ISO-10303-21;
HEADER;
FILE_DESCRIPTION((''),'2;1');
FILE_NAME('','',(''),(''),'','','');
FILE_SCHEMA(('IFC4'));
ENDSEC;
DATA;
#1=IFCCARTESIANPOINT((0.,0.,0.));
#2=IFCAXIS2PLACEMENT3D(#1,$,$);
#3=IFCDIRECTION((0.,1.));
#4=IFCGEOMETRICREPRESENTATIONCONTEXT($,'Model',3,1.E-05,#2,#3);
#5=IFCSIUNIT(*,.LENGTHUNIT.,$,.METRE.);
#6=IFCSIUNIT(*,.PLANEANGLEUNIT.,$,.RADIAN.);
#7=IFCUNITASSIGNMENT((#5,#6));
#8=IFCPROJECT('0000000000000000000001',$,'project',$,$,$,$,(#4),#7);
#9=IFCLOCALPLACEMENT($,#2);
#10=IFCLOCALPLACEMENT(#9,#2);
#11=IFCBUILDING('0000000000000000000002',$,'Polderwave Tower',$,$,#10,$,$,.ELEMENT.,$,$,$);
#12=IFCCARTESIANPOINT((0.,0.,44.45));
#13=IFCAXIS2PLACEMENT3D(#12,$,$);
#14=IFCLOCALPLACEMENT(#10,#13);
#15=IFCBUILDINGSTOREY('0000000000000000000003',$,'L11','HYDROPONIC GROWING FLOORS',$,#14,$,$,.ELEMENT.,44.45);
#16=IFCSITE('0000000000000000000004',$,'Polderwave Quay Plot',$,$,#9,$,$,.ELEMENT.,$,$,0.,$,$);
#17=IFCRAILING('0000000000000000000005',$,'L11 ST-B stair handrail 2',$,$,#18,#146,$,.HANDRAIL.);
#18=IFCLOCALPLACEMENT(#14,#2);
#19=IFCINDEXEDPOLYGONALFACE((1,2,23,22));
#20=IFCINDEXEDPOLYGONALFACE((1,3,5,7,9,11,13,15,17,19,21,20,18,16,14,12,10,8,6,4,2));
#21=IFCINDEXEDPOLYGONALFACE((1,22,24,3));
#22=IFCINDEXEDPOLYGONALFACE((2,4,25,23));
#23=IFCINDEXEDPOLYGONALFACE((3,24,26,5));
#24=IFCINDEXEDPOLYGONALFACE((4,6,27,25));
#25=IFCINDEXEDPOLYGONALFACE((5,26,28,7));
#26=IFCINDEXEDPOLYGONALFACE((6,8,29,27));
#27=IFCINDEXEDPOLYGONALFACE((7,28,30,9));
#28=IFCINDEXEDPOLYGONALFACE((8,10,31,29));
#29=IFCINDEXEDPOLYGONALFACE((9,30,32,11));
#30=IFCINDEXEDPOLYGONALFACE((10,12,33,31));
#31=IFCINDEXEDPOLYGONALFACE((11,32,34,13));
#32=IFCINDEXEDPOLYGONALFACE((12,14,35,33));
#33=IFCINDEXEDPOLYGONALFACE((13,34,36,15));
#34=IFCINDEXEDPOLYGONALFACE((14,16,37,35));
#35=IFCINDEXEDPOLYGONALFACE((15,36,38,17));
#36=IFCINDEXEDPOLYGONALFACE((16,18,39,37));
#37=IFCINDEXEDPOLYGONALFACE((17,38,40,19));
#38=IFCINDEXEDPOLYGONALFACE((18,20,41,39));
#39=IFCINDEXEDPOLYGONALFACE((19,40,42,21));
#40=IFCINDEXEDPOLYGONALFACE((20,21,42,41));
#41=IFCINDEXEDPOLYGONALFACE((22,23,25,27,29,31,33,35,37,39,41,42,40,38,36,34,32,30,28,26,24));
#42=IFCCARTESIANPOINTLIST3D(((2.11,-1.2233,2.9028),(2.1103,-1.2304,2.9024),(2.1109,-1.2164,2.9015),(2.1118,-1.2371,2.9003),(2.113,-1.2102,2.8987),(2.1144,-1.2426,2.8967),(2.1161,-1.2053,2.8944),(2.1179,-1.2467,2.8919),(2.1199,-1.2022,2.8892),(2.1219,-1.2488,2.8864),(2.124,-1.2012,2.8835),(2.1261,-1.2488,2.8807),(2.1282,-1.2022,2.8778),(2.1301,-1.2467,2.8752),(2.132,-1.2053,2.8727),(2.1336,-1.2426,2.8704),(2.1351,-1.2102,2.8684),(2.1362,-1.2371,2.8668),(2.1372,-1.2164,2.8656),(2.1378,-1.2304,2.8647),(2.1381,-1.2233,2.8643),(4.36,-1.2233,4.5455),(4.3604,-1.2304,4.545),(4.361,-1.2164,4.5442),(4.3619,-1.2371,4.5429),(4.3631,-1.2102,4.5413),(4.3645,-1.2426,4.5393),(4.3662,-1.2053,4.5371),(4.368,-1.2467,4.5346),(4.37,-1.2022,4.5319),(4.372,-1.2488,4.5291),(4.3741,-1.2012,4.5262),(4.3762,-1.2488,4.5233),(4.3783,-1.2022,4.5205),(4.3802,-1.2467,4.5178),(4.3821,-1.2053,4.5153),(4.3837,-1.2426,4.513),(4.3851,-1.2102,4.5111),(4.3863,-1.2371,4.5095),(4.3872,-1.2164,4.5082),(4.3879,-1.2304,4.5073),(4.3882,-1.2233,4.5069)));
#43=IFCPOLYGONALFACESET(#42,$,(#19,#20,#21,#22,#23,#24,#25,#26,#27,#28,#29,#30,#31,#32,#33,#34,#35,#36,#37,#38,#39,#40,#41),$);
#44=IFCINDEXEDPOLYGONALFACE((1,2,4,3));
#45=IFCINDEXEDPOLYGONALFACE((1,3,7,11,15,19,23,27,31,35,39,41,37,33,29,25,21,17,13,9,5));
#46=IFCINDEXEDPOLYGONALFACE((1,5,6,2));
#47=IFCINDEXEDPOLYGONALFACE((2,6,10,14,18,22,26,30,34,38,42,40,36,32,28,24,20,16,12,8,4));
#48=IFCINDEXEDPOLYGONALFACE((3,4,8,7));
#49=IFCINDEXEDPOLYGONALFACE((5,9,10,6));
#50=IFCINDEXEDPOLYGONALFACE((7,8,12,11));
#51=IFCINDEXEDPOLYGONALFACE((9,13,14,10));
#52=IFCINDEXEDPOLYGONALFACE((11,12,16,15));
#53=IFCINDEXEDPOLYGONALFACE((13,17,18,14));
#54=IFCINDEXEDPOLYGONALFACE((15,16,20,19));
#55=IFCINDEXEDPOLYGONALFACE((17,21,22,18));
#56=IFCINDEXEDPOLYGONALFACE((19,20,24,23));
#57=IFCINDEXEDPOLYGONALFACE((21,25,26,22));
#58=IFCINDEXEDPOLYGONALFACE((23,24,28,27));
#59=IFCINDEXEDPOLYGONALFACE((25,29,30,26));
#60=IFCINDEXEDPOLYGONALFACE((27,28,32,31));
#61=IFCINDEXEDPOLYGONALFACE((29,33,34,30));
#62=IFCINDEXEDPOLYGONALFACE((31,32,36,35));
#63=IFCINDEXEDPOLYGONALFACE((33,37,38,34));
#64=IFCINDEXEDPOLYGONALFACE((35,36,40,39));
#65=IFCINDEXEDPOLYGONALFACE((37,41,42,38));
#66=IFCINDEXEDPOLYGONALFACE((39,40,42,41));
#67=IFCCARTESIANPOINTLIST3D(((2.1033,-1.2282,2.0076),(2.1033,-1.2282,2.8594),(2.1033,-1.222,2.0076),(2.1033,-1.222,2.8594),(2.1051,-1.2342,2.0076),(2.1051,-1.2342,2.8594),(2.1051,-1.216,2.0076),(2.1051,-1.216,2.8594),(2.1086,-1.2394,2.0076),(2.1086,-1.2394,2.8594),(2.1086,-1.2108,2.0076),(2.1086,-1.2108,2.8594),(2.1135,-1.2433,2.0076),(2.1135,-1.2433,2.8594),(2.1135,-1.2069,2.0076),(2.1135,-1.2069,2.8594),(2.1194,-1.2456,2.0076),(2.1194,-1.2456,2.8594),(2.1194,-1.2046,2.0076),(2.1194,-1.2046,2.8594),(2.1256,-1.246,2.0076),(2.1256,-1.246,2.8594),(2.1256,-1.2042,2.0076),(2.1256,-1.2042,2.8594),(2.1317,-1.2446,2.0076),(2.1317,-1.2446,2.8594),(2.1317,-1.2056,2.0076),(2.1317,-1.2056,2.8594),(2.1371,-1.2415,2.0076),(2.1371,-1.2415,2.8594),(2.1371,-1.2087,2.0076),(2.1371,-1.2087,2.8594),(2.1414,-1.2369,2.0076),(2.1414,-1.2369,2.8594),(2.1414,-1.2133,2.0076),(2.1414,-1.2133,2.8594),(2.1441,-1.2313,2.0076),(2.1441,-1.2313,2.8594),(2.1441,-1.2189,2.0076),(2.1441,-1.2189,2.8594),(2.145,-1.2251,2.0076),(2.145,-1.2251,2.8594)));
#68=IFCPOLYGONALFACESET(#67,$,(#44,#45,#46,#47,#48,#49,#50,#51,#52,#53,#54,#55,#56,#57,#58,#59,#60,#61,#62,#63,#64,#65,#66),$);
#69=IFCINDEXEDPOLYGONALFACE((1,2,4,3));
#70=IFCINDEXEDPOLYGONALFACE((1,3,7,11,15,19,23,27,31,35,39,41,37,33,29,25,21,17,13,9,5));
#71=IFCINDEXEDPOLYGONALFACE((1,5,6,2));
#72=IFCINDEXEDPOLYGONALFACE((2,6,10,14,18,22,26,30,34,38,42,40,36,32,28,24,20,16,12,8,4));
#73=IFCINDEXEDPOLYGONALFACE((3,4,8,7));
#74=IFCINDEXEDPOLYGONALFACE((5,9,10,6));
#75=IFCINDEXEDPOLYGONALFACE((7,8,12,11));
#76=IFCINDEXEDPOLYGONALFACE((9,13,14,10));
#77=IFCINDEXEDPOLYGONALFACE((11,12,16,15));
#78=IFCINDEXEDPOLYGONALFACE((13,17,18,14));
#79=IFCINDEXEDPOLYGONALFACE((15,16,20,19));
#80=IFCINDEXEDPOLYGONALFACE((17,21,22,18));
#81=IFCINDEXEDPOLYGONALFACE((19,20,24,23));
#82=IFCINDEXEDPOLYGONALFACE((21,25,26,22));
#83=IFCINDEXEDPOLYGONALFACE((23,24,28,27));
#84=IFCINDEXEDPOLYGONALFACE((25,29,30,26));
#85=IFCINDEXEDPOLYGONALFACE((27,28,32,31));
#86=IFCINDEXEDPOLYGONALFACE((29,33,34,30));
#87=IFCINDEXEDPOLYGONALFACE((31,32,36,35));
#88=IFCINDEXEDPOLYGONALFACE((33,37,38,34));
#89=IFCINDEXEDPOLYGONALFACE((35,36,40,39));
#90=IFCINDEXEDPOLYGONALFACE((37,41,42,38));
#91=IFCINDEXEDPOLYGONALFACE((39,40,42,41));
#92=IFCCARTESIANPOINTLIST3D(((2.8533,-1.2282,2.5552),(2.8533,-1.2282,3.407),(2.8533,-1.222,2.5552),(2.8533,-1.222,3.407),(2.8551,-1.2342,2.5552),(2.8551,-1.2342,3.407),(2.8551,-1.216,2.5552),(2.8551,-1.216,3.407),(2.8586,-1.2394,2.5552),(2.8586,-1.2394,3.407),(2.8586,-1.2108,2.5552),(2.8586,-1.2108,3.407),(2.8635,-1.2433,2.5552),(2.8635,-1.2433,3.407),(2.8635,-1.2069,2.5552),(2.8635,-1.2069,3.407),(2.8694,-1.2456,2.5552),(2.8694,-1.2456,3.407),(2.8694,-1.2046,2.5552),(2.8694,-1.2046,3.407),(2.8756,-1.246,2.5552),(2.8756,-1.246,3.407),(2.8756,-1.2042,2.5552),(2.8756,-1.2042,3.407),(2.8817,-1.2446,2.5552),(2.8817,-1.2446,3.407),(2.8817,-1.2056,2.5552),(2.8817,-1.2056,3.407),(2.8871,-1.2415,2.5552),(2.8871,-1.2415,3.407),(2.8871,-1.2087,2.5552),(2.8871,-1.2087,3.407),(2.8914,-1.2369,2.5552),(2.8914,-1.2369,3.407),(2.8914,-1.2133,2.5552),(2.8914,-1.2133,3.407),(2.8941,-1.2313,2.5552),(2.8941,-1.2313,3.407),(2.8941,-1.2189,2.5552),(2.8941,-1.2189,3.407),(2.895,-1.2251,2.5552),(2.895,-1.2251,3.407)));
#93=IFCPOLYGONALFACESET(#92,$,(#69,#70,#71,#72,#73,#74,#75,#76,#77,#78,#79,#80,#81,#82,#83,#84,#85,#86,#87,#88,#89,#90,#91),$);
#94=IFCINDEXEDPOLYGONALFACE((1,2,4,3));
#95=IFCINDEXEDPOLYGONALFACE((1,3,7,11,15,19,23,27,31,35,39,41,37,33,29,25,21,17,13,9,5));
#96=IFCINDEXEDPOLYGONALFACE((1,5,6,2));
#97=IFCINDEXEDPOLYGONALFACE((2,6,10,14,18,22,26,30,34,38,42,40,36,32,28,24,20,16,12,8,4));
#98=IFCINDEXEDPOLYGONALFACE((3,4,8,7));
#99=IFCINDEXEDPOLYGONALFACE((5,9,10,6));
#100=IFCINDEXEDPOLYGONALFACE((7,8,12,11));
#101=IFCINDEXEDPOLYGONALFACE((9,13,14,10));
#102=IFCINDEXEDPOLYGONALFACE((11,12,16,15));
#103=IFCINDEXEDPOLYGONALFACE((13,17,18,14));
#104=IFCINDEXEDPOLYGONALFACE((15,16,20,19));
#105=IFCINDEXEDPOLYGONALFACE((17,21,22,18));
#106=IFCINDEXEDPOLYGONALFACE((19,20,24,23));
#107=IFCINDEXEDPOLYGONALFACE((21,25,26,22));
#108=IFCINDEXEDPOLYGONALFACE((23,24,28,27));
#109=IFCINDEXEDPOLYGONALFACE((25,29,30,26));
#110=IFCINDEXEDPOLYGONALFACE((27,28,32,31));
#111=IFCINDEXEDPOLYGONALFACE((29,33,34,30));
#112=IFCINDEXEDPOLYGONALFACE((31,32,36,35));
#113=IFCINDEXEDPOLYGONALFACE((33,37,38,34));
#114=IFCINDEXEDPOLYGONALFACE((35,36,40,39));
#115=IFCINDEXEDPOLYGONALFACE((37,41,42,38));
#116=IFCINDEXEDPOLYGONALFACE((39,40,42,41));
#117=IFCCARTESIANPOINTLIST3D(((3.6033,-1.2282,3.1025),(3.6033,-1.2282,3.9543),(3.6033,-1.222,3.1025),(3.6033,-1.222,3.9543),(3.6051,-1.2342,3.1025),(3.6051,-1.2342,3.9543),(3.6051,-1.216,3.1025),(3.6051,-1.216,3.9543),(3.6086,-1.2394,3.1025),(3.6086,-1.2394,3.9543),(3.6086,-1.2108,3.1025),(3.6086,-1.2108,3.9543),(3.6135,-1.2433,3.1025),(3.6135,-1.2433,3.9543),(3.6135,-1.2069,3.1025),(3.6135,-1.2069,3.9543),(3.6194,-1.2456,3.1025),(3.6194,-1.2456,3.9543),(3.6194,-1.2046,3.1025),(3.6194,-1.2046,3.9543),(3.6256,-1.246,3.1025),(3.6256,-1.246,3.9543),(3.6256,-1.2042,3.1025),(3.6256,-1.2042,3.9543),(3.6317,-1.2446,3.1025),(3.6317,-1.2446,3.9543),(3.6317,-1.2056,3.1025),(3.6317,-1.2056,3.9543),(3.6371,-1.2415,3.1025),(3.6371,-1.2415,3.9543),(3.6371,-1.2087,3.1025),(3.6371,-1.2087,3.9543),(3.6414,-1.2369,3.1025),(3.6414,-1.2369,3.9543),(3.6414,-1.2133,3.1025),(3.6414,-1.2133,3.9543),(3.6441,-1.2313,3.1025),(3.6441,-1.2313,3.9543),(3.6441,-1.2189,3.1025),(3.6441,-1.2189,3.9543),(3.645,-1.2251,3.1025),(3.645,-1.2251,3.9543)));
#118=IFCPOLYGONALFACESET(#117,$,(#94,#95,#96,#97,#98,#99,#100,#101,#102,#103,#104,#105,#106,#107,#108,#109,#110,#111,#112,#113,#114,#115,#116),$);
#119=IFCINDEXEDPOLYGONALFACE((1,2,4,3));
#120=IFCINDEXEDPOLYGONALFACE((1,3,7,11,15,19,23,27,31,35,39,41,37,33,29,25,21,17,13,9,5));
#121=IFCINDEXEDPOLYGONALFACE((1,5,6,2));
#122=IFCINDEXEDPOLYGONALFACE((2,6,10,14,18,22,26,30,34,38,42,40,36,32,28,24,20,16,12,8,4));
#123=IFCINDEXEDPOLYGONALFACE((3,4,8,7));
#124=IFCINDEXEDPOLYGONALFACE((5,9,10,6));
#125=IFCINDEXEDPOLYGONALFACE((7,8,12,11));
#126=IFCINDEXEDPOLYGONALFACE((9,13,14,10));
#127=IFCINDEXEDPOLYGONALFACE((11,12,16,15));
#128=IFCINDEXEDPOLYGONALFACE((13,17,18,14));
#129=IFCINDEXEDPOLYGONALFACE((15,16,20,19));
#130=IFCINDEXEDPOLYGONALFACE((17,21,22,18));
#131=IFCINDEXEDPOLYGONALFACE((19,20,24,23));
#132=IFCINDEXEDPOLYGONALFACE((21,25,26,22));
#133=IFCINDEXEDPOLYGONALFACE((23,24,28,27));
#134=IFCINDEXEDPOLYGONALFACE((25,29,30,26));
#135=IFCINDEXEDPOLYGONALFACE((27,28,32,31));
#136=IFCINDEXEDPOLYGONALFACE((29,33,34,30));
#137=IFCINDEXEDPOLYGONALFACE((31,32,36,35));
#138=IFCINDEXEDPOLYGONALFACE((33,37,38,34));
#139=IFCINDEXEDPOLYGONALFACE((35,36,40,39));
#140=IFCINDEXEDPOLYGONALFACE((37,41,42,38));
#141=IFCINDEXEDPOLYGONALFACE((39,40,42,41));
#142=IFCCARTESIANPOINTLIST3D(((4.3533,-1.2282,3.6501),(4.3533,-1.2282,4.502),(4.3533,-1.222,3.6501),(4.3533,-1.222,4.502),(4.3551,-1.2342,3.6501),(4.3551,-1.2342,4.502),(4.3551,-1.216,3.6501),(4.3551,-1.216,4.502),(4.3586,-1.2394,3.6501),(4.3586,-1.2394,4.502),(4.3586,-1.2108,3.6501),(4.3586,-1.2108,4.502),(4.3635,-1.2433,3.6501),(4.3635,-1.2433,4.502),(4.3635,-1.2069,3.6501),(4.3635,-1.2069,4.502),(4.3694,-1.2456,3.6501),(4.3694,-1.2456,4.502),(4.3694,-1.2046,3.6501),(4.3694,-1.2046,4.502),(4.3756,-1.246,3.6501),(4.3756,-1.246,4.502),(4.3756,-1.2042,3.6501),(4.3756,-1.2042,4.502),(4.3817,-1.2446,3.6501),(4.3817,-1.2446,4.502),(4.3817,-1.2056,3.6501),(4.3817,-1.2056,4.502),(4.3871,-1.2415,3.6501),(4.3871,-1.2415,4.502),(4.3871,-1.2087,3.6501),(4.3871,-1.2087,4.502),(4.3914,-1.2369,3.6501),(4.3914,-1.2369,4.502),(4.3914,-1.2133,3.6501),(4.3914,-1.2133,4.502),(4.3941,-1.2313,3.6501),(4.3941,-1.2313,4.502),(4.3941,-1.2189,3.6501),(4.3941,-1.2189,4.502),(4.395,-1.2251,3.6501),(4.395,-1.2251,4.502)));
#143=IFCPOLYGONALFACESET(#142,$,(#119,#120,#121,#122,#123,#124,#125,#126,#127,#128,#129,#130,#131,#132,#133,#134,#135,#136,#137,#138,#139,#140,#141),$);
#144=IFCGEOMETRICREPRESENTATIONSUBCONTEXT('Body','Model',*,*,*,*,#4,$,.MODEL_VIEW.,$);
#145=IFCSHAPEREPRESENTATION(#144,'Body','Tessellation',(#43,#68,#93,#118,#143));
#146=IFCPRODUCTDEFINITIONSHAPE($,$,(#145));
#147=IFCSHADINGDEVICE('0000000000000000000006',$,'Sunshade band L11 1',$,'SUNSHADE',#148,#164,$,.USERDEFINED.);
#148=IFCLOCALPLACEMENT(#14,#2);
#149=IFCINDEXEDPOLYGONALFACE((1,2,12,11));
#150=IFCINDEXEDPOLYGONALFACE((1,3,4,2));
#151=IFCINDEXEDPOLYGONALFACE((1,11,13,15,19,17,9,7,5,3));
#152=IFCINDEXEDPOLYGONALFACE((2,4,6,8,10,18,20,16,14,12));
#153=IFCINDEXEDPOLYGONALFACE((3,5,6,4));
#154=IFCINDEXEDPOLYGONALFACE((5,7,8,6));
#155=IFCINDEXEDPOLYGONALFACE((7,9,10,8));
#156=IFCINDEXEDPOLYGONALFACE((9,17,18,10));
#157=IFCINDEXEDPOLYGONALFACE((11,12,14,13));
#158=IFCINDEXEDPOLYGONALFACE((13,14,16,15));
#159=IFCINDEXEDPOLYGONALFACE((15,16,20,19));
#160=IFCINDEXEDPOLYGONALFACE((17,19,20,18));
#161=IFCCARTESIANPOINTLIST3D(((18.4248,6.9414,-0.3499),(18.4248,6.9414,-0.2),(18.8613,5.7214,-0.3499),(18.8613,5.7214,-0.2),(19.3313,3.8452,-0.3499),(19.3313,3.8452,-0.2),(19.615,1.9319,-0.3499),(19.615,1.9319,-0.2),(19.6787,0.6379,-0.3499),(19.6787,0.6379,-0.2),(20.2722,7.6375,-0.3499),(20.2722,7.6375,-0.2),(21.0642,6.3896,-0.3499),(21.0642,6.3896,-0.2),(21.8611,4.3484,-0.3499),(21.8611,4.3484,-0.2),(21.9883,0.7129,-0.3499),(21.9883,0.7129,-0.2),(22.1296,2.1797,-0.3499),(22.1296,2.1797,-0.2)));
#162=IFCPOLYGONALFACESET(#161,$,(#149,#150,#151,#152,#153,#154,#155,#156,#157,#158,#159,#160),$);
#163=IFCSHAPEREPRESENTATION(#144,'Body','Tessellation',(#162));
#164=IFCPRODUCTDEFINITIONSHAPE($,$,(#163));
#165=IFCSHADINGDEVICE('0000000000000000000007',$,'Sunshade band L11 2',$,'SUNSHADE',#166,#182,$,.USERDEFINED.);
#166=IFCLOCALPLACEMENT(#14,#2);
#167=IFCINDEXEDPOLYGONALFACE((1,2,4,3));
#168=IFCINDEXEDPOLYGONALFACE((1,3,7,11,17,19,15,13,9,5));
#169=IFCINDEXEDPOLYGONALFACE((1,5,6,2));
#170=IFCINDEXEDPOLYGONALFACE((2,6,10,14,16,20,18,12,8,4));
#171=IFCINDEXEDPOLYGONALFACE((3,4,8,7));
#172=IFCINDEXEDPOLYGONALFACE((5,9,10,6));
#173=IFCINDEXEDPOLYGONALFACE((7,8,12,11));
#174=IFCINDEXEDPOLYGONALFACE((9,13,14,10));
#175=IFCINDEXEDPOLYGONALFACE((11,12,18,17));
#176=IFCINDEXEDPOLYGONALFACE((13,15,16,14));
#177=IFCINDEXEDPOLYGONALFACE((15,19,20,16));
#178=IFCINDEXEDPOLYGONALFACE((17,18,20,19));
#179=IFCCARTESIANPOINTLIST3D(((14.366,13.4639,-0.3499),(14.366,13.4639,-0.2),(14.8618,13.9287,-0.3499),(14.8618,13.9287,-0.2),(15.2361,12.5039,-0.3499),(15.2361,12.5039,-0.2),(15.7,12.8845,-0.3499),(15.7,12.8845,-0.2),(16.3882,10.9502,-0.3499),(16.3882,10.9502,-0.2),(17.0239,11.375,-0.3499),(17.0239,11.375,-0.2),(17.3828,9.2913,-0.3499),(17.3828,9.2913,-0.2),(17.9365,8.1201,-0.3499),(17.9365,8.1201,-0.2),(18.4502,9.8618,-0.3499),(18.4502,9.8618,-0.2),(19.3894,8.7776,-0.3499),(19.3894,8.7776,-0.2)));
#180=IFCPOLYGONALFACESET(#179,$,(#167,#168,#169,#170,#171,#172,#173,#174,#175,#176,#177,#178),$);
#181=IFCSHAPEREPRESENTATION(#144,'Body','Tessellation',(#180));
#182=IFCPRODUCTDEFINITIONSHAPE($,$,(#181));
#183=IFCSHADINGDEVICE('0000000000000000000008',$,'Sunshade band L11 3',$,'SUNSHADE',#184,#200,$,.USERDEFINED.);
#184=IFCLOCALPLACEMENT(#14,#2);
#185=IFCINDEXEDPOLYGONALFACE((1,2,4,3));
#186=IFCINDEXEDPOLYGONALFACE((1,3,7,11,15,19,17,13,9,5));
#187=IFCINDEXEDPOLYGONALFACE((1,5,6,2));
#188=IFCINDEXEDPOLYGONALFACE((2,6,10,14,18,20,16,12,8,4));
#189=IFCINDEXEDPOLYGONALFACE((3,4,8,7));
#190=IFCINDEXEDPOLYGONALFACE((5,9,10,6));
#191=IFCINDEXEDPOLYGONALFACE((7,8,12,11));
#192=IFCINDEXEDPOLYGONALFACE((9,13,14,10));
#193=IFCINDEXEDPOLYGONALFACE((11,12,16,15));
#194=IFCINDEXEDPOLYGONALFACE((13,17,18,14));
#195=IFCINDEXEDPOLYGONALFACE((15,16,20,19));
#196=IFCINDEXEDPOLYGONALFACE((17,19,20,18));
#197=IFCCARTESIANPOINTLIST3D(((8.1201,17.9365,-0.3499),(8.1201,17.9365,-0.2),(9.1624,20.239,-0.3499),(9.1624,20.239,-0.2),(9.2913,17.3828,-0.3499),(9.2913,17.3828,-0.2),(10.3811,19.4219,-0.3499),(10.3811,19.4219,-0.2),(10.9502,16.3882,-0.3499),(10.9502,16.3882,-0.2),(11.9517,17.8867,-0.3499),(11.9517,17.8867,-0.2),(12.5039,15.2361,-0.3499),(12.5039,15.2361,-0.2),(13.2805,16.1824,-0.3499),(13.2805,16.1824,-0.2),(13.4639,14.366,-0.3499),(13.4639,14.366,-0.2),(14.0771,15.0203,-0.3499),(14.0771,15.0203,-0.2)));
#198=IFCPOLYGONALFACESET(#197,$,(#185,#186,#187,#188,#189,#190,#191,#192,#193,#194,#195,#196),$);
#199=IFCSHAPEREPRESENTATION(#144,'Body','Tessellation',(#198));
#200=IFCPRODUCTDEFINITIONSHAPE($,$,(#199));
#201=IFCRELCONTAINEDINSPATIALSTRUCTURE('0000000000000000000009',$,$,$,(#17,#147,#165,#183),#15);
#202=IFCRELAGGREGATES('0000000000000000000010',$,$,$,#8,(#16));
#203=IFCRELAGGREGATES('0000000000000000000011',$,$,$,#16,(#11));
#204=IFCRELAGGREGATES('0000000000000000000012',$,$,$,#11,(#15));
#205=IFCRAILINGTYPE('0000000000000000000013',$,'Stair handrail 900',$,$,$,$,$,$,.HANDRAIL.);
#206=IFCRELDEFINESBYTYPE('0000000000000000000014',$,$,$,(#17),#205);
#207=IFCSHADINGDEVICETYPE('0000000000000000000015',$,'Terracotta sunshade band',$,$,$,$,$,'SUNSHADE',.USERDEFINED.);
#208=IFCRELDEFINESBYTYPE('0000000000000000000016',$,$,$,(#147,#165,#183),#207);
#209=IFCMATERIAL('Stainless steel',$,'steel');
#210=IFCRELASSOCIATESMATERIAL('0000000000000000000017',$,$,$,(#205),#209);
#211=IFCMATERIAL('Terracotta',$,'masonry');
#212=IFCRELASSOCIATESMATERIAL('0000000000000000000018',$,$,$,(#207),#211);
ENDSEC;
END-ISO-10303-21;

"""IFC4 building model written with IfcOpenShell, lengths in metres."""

from ifc_helpers import new_model, si_unit, direction, frame, origin, origin_2d, place, context, subcontext, project, spatial, polyline, circle, outline, extrude, material, type_object, element, save


model = new_model("IFC4")

# Units and contexts
model_context = context("Model", 3, precision=1e-05, world=origin(), true_north=direction((0.0, 1.0)))
body_context = subcontext(model_context, "Body", "Model", "MODEL_VIEW")
ifc_project = project(units=[si_unit("LENGTHUNIT", "METRE"), si_unit("PLANEANGLEUNIT", "RADIAN")], contexts=[model_context])

# Site, building, storey
site_placement = place(None, origin())
site = spatial("IfcSite", under=ifc_project, at=site_placement, Name="Polderwave Quay Plot", CompositionType="ELEMENT", RefElevation=0.0)
building_placement = place(site_placement, origin())
building = spatial("IfcBuilding", under=site, at=building_placement, Name="Polderwave Tower", CompositionType="ELEMENT")
storey_placement = place(building_placement, frame((0.0, 0.0, 44.45)))
storey = spatial("IfcBuildingStorey", under=building, at=storey_placement, Name="L11", Description="HYDROPONIC GROWING FLOORS", CompositionType="ELEMENT", Elevation=44.45)

# Railing
ifc_material_1 = material(Name="Stainless steel", Category="steel")
railing_type_1 = type_object("IfcRailingType", Name="Stair handrail 900", PredefinedType="HANDRAIL", material=ifc_material_1)
railing_1_placement = place(storey_placement, frame((2.124, -1.2251, 2.0076)))
element("IfcRailing", 1, at=railing_1_placement, inside=storey, type_object=railing_type_1, Name="L11 ST-B stair handrail 2", PredefinedType="HANDRAIL", context=body_context, shape_type="SweptSolid", body=[
    extrude(circle(Radius=0.0239, at=origin_2d()), frame((0.0, 0.0, 0.876), z_axis=(0.807674, 0.0, 0.58963), x_axis=(0.0, 1.0, 0.0)), (0.0, 0.0, 1.0), 2.7859),
    extrude(circle(Radius=0.021, at=origin_2d()), origin(), (0.0, 0.0, 1.0), 0.8518),
    extrude(circle(Radius=0.021, at=origin_2d()), frame((0.75, 0.0, 0.5476)), (0.0, 0.0, 1.0), 0.8518),
    extrude(circle(Radius=0.021, at=origin_2d()), frame((1.5, 0.0, 1.095)), (0.0, 0.0, 1.0), 0.8518),
    extrude(circle(Radius=0.021, at=origin_2d()), frame((2.25, 0.0, 1.6426)), (0.0, 0.0, 1.0), 0.8518),
])

# Shading devices
ifc_material_2 = material(Name="Terracotta", Category="masonry")
shading_device_type = type_object("IfcShadingDeviceType", Name="Terracotta sunshade band", ElementType="SUNSHADE", PredefinedType="USERDEFINED", material=ifc_material_2)
shading_device_1_placement = place(storey_placement, frame((0.0, 0.0, -0.3499)))
element("IfcShadingDevice", 2, at=shading_device_1_placement, inside=storey, type_object=shading_device_type, Name="Sunshade band L11 1", ObjectType="SUNSHADE", PredefinedType="USERDEFINED", context=body_context, shape_type="SweptSolid", body=[
    extrude(outline(polyline([(19.6787, 0.6379), (19.615, 1.9319), (19.3313, 3.8452), (18.8613, 5.7214), (18.4248, 6.9414), (20.2722, 7.6375), (21.0642, 6.3896), (21.8611, 4.3484), (22.1296, 2.1797), (21.9883, 0.7129), (19.6787, 0.6379)])), origin(), (0.0, 0.0, 1.0), 0.1499),
])
shading_device_2_placement = place(storey_placement, frame((0.0, 0.0, -0.3499)))
element("IfcShadingDevice", 3, at=shading_device_2_placement, inside=storey, type_object=shading_device_type, Name="Sunshade band L11 2", ObjectType="SUNSHADE", PredefinedType="USERDEFINED", context=body_context, shape_type="SweptSolid", body=[
    extrude(outline(polyline([(17.9365, 8.1201), (17.3828, 9.2913), (16.3882, 10.9502), (15.2361, 12.5039), (14.366, 13.4639), (14.8618, 13.9287), (15.7, 12.8845), (17.0239, 11.375), (18.4502, 9.8618), (19.3894, 8.7776), (17.9365, 8.1201)])), origin(), (0.0, 0.0, 1.0), 0.1499),
])
shading_device_3_placement = place(storey_placement, frame((0.0, 0.0, -0.3499)))
element("IfcShadingDevice", 4, at=shading_device_3_placement, inside=storey, type_object=shading_device_type, Name="Sunshade band L11 3", ObjectType="SUNSHADE", PredefinedType="USERDEFINED", context=body_context, shape_type="SweptSolid", body=[
    extrude(outline(polyline([(13.4639, 14.366), (12.5039, 15.2361), (10.9502, 16.3882), (9.2913, 17.3828), (8.1201, 17.9365), (9.1624, 20.239), (10.3811, 19.4219), (11.9517, 17.8867), (13.2805, 16.1824), (14.0771, 15.0203), (13.4639, 14.366)])), origin(), (0.0, 0.0, 1.0), 0.1499),
])

save(model, "model.ifc")
